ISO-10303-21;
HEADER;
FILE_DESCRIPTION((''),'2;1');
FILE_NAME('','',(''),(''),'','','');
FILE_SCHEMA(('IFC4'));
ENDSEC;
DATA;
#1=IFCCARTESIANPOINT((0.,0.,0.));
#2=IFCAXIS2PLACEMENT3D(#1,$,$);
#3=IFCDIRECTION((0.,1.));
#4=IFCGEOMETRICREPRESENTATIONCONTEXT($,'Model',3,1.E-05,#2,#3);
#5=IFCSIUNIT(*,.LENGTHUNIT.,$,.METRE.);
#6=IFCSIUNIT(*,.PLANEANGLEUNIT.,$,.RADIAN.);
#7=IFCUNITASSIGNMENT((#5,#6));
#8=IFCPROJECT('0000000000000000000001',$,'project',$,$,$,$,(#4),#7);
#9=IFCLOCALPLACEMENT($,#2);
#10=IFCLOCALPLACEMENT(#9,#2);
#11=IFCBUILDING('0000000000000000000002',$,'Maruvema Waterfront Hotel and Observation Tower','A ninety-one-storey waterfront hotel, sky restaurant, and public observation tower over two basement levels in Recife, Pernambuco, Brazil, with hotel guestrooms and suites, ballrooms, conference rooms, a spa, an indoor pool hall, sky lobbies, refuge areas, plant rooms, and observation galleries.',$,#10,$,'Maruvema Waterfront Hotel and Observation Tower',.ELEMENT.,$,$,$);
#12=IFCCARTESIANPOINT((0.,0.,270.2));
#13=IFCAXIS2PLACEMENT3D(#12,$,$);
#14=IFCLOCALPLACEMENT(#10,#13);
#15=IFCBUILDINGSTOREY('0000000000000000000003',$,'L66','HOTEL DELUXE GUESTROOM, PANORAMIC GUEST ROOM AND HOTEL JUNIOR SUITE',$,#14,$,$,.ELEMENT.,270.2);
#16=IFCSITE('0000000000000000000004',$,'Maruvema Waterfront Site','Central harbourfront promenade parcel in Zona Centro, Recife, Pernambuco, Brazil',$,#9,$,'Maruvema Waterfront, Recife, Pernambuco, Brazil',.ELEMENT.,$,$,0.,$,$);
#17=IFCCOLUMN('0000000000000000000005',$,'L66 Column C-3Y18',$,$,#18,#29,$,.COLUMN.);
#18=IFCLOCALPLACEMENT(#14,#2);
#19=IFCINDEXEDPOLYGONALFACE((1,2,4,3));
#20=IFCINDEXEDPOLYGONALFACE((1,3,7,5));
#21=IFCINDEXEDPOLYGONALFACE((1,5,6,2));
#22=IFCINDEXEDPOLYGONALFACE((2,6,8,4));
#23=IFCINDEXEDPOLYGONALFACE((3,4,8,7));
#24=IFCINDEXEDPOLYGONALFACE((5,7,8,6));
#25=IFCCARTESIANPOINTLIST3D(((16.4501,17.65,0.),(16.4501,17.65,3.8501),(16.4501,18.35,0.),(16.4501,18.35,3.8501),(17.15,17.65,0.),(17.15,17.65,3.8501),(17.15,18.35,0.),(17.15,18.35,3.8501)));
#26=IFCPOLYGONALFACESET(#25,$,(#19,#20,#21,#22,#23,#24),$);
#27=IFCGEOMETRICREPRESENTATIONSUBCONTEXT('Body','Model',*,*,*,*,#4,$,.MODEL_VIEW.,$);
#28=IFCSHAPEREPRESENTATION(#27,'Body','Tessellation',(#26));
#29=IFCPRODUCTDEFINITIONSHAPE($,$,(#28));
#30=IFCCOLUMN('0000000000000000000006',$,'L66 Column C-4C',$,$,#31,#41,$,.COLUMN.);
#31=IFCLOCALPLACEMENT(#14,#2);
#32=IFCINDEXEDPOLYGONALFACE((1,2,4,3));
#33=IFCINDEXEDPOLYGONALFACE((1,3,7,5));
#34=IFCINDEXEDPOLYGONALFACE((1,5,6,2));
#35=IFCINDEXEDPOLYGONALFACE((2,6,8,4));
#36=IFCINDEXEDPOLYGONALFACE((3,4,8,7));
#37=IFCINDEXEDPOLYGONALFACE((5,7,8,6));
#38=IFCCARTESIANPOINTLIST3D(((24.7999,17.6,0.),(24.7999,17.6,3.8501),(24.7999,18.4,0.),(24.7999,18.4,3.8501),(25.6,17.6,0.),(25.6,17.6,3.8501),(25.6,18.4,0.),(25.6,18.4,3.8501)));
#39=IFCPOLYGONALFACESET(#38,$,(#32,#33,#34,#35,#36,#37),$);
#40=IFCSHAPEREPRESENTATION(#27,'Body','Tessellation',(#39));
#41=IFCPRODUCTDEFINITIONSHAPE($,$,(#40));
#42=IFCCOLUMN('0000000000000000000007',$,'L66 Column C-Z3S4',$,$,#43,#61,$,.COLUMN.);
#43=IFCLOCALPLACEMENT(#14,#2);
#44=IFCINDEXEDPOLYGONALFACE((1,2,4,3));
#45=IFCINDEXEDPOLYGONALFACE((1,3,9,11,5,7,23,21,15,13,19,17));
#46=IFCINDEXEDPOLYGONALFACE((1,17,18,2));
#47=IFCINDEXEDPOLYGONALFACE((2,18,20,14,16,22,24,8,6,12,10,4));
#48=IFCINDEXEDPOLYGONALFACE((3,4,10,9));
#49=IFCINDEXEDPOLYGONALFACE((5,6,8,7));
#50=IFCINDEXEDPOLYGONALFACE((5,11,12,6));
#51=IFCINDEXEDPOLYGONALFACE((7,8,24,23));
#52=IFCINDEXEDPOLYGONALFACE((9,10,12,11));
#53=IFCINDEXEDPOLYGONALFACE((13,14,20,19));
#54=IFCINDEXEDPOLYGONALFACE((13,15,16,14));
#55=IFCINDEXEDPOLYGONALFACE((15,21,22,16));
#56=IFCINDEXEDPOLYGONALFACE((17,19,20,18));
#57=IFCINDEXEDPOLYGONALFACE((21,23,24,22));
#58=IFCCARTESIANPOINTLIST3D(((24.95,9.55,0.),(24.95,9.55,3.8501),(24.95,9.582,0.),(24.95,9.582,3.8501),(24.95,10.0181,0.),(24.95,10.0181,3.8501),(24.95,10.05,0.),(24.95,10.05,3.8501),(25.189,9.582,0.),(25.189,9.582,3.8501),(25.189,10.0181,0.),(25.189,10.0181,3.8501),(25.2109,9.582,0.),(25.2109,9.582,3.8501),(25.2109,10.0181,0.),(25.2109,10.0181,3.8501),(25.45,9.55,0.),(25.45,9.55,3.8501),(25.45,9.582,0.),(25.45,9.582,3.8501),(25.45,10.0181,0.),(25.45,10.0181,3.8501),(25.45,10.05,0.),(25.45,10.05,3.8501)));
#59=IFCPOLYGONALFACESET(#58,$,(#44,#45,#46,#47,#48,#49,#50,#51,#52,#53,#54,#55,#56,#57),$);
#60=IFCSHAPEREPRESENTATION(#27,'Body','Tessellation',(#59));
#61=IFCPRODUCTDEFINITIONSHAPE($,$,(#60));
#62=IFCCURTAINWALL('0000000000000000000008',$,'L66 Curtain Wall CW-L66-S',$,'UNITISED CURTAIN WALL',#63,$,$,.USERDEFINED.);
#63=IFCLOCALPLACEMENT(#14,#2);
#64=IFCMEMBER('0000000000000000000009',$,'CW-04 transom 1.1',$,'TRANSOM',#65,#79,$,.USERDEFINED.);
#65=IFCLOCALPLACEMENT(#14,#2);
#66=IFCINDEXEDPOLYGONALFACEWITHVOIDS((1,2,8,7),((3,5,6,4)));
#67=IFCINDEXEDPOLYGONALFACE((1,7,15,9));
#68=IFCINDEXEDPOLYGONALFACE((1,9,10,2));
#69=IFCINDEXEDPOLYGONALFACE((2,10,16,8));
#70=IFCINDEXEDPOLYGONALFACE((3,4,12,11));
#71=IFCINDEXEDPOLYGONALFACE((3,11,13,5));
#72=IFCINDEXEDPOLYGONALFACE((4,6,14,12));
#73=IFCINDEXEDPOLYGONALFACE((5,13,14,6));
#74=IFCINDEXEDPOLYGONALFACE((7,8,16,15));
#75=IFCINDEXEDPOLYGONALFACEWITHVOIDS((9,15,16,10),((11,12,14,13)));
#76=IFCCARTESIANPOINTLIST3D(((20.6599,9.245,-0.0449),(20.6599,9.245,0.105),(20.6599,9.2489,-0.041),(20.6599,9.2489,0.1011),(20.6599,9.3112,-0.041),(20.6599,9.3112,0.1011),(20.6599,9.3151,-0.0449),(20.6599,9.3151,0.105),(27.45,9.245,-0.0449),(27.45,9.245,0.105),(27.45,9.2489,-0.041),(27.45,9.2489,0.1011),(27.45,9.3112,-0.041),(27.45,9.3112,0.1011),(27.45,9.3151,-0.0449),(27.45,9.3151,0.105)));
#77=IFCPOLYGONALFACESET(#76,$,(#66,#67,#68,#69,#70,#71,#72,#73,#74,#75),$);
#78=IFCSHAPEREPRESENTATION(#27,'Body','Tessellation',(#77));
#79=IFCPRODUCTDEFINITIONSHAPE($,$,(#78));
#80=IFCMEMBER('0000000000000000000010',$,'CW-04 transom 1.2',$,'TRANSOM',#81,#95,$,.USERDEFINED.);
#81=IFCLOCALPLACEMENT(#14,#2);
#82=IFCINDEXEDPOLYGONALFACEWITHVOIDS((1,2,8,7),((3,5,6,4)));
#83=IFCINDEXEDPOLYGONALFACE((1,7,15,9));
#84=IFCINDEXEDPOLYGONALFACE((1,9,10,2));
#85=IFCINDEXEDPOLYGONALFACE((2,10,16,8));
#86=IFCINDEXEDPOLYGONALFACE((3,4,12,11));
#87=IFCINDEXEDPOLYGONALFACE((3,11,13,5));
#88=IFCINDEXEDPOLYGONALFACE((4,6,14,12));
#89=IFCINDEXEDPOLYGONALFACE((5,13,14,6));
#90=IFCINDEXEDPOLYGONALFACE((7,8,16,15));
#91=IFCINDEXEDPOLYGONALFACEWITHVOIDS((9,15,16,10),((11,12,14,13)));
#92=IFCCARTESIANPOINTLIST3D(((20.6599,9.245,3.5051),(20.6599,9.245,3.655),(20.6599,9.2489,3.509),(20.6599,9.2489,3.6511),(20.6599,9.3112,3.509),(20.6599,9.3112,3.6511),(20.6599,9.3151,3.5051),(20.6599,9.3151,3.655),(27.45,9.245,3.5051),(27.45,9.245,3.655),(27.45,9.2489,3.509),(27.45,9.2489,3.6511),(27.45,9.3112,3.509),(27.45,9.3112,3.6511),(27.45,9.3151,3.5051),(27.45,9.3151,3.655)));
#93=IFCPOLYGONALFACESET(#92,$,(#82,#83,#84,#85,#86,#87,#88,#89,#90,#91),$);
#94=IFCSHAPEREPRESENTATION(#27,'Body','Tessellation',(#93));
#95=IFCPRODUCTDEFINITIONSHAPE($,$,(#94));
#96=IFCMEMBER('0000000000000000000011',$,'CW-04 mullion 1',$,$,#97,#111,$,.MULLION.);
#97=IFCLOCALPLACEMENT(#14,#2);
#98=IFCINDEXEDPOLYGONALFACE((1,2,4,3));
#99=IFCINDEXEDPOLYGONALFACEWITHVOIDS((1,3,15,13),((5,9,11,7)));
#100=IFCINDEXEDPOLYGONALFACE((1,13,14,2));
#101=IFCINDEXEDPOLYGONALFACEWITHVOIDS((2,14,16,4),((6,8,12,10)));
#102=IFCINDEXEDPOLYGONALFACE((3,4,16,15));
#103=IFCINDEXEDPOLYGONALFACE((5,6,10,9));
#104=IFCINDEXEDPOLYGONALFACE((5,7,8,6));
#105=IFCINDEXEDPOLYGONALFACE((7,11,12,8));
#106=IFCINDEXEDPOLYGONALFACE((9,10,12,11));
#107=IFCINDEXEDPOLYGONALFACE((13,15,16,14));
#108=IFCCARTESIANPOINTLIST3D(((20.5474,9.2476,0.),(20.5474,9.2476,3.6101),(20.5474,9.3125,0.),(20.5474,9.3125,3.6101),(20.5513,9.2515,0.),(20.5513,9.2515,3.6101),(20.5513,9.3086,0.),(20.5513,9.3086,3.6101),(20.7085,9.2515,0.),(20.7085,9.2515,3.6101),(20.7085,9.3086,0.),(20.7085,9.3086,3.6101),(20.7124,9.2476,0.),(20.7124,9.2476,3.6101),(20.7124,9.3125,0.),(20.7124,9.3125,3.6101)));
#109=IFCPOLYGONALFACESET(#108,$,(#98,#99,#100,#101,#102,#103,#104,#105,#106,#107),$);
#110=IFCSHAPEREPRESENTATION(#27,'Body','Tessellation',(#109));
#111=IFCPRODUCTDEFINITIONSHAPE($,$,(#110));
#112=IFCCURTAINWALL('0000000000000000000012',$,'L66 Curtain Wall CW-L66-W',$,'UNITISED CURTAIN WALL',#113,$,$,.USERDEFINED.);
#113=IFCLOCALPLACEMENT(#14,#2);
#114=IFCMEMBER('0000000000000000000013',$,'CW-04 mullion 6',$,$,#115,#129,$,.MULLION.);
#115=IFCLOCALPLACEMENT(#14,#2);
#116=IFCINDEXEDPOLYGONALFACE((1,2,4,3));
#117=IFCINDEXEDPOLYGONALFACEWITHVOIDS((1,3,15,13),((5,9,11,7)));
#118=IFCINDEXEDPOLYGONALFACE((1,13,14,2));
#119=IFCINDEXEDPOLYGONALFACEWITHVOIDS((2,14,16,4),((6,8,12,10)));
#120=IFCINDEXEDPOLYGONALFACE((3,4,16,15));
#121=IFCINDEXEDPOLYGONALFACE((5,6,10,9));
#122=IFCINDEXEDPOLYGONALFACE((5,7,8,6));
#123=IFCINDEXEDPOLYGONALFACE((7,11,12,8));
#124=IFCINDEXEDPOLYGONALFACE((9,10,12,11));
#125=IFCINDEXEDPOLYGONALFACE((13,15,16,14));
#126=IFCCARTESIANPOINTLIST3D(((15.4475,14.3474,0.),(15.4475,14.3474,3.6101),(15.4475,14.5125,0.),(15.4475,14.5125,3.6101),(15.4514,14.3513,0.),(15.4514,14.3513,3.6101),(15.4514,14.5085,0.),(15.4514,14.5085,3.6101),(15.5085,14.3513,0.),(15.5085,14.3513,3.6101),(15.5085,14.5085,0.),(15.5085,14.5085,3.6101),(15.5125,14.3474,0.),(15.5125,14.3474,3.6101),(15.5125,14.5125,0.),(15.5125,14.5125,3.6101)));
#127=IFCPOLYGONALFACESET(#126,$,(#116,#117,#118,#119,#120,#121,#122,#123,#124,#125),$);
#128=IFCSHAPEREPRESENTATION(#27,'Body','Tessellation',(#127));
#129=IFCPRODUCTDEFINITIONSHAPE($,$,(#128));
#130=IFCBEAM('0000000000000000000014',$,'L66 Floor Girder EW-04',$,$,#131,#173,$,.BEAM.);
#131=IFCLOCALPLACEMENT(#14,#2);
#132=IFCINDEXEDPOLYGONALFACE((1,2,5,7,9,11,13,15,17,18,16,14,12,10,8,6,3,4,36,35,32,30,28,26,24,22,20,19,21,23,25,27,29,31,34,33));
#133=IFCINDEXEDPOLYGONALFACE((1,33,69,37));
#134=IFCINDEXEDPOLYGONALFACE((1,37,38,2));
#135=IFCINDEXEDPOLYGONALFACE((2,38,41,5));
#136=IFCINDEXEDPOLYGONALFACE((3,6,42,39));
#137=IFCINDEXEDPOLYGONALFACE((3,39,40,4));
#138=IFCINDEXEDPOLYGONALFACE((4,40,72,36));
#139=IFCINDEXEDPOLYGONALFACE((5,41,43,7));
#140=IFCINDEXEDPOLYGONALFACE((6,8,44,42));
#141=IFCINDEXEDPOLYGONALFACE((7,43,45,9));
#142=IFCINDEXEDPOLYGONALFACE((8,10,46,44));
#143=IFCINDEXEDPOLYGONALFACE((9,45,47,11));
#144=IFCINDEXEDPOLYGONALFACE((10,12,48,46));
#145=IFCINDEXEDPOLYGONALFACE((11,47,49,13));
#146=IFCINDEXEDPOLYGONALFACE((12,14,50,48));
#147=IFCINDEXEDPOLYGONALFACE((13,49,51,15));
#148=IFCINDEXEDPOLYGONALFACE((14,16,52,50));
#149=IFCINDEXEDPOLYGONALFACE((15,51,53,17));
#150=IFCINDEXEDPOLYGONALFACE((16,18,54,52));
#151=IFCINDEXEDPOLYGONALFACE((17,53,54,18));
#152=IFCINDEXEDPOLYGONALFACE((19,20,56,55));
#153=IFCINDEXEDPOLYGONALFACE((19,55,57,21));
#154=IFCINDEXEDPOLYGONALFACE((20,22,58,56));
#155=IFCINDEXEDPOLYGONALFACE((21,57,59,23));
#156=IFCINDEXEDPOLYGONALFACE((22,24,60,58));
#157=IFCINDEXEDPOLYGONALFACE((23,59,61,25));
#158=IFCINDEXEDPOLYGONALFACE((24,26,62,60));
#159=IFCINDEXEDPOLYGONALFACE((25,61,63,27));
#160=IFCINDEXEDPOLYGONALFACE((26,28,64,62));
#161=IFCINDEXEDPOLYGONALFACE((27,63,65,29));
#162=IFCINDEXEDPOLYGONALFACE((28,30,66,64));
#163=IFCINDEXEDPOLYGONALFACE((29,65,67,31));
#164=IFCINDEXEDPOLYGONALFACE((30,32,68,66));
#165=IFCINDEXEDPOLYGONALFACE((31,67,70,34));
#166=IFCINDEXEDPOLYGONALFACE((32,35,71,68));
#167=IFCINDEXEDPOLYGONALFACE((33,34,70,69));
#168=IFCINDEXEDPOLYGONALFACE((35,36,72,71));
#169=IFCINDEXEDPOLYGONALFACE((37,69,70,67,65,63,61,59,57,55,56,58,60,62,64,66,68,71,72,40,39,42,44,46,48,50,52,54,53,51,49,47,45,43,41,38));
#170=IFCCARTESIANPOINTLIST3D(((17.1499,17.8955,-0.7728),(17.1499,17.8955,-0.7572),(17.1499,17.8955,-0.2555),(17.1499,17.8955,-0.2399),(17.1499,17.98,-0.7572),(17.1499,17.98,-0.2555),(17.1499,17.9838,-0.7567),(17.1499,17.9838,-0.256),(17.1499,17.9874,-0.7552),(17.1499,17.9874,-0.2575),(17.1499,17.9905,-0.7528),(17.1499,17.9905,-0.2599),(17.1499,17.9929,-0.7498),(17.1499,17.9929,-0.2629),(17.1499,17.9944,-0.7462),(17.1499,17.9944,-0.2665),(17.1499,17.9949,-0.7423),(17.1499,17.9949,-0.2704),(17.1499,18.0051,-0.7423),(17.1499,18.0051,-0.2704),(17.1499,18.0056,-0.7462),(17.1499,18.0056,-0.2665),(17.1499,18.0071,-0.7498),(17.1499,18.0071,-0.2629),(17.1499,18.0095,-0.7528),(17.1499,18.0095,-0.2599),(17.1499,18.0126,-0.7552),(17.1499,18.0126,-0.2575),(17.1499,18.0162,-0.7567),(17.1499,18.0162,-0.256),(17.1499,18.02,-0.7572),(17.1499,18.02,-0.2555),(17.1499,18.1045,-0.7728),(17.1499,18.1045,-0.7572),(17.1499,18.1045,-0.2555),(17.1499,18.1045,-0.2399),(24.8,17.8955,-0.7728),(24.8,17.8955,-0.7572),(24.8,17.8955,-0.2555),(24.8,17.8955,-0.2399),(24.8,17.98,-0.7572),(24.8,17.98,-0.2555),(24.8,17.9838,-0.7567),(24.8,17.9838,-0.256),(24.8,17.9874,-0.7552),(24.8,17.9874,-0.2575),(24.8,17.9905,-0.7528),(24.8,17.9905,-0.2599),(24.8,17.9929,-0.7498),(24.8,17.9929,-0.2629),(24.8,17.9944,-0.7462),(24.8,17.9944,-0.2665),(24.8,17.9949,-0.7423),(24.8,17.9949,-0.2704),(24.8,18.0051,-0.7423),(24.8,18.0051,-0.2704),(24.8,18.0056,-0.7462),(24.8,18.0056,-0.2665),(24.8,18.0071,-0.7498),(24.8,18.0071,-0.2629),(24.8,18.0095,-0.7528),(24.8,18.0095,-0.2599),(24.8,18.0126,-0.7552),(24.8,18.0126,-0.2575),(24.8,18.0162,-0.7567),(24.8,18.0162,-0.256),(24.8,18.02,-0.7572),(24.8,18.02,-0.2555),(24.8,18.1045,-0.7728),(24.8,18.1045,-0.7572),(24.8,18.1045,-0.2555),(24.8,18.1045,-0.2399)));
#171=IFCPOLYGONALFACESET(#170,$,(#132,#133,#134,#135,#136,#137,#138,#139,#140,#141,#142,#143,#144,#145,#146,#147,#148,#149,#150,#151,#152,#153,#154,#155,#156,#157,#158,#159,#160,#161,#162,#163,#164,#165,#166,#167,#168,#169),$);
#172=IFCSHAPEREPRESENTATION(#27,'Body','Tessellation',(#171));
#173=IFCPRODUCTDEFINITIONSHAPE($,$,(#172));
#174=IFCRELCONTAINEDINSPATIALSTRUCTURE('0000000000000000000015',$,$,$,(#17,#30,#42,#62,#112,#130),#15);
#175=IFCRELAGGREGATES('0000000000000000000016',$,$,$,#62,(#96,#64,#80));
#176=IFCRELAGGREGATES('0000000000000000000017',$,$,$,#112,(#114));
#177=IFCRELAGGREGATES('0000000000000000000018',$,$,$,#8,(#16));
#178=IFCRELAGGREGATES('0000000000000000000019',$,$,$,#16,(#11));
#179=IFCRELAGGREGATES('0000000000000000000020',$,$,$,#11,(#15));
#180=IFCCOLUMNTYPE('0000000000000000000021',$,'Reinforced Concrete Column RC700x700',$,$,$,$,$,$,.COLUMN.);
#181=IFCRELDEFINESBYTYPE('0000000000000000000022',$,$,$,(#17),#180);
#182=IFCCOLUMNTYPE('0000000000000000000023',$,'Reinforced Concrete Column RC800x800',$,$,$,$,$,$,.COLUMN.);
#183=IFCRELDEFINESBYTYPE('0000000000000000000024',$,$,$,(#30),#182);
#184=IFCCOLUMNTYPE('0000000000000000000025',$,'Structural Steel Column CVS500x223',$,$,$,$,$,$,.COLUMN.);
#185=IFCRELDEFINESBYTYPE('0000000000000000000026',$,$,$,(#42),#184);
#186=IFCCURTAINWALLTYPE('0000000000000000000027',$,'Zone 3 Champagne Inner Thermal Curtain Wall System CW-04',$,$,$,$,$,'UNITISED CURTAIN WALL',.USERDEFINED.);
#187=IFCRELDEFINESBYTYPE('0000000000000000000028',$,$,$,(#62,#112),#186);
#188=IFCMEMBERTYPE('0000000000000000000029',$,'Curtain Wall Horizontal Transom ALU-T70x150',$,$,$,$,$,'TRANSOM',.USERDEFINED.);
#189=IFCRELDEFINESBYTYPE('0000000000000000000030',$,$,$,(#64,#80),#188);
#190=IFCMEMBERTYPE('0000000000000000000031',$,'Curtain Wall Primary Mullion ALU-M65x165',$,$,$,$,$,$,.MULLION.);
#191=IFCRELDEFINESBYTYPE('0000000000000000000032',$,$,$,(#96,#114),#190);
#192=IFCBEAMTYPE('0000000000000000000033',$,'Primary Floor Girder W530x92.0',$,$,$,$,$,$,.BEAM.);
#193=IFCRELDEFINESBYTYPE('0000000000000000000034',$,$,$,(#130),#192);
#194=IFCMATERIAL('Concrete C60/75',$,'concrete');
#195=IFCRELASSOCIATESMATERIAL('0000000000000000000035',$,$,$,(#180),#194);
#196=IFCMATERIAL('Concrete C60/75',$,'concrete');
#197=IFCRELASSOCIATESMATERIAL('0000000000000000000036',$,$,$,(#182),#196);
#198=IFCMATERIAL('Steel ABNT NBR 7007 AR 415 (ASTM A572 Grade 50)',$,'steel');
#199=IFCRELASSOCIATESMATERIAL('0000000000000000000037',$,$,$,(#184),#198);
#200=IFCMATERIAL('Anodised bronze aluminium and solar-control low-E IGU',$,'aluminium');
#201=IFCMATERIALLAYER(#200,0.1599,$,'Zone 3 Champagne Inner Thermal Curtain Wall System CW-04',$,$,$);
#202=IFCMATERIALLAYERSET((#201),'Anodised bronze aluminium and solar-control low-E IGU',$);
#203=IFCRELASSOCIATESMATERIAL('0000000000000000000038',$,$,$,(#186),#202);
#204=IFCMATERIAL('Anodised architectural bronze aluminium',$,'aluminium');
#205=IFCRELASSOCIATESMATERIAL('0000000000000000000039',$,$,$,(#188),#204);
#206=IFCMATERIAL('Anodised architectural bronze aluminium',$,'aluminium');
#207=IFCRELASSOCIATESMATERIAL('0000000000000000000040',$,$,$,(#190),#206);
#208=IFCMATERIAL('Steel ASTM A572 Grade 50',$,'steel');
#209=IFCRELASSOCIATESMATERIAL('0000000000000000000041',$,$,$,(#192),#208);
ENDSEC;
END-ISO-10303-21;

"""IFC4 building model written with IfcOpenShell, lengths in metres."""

from ifc_helpers import new_model, si_unit, direction, frame, origin, origin_2d, place, context, subcontext, project, spatial, rectangle, hollow_rectangle, i_section, extrude, material, layer, layer_set, material_profile, profile_set, type_object, element, aggregate, save


model = new_model("IFC4")

# Units and contexts
model_context = context("Model", 3, precision=1e-05, world=origin(), true_north=direction((0.0, 1.0)))
body_context = subcontext(model_context, "Body", "Model", "MODEL_VIEW")
ifc_project = project(units=[si_unit("LENGTHUNIT", "METRE"), si_unit("PLANEANGLEUNIT", "RADIAN")], contexts=[model_context])

# Site, building, storey
site_placement = place(None, origin())
site = spatial("IfcSite", under=ifc_project, at=site_placement, Name="Maruvema Waterfront Site", Description="Central harbourfront promenade parcel in Zona Centro, Recife, Pernambuco, Brazil", LongName="Maruvema Waterfront, Recife, Pernambuco, Brazil", CompositionType="ELEMENT", RefElevation=0.0)
building_placement = place(site_placement, origin())
building = spatial("IfcBuilding", under=site, at=building_placement, Name="Maruvema Waterfront Hotel and Observation Tower", Description="A ninety-one-storey waterfront hotel, sky restaurant, and public observation tower over two basement levels in Recife, Pernambuco, Brazil, with hotel guestrooms and suites, ballrooms, conference rooms, a spa, an indoor pool hall, sky lobbies, refuge areas, plant rooms, and observation galleries.", LongName="Maruvema Waterfront Hotel and Observation Tower", CompositionType="ELEMENT")
storey_placement = place(building_placement, frame((0.0, 0.0, 270.2)))
storey = spatial("IfcBuildingStorey", under=building, at=storey_placement, Name="L66", Description="HOTEL DELUXE GUESTROOM, PANORAMIC GUEST ROOM AND HOTEL JUNIOR SUITE", CompositionType="ELEMENT", Elevation=270.2)

# Columns
ifc_material_1 = material(Name="Concrete C60/75", Category="concrete")
ifc_material_profile_1 = material_profile(ifc_material_1, rectangle(XDim=0.7, YDim=0.7, at=origin_2d()), Name="RC700x700")
ifc_profile_set_1 = profile_set([ifc_material_profile_1], Name="Concrete C60/75")
column_type_1 = type_object("IfcColumnType", Name="Reinforced Concrete Column RC700x700", PredefinedType="COLUMN", material=ifc_profile_set_1)
column_1_placement = place(storey_placement, frame((16.8, 18.0, 0.0), z_axis=(0.0, 0.0, 1.0), x_axis=(1.0, 0.0, 0.0)))
element("IfcColumn", 1, at=column_1_placement, inside=storey, type_object=column_type_1, Name="L66 Column C-3Y18", PredefinedType="COLUMN", context=body_context, shape_type="SweptSolid", body=[
    extrude(rectangle(XDim=0.7, YDim=0.7, at=origin_2d()), origin(), (0.0, 0.0, 1.0), 3.8501),
])
ifc_material_2 = material(Name="Concrete C60/75", Category="concrete")
ifc_material_profile_2 = material_profile(ifc_material_2, rectangle(XDim=0.8, YDim=0.8, at=origin_2d()), Name="RC800x800")
ifc_profile_set_2 = profile_set([ifc_material_profile_2], Name="Concrete C60/75")
column_type_2 = type_object("IfcColumnType", Name="Reinforced Concrete Column RC800x800", PredefinedType="COLUMN", material=ifc_profile_set_2)
column_2_placement = place(storey_placement, frame((25.2, 18.0, 0.0), z_axis=(0.0, 0.0, 1.0), x_axis=(1.0, 0.0, 0.0)))
element("IfcColumn", 2, at=column_2_placement, inside=storey, type_object=column_type_2, Name="L66 Column C-4C", PredefinedType="COLUMN", context=body_context, shape_type="SweptSolid", body=[
    extrude(rectangle(XDim=0.8, YDim=0.8, at=origin_2d()), origin(), (0.0, 0.0, 1.0), 3.8501),
])
ifc_material_3 = material(Name="Steel ABNT NBR 7007 AR 415 (ASTM A572 Grade 50)", Category="steel")
ifc_material_profile_3 = material_profile(ifc_material_3, i_section(OverallWidth=0.5, OverallDepth=0.5, WebThickness=0.022, FlangeThickness=0.032, at=origin_2d()), Name="CVS500x223")
ifc_profile_set_3 = profile_set([ifc_material_profile_3], Name="Steel ABNT NBR 7007 AR 415 (ASTM A572 Grade 50)")
column_type_3 = type_object("IfcColumnType", Name="Structural Steel Column CVS500x223", PredefinedType="COLUMN", material=ifc_profile_set_3)
column_3_placement = place(storey_placement, frame((25.2, 9.8, 0.0), z_axis=(0.0, 0.0, 1.0), x_axis=(1.0, 0.0, 0.0)))
element("IfcColumn", 3, at=column_3_placement, inside=storey, type_object=column_type_3, Name="L66 Column C-Z3S4", PredefinedType="COLUMN", context=body_context, shape_type="SweptSolid", body=[
    extrude(i_section(OverallWidth=0.5, OverallDepth=0.5, WebThickness=0.022, FlangeThickness=0.032, at=origin_2d()), origin(), (0.0, 0.0, 1.0), 3.8501),
])

# Curtain wall, members
ifc_material_4 = material(Name="Anodised bronze aluminium and solar-control low-E IGU", Category="aluminium")
ifc_layer_1 = layer(ifc_material_4, 0.1599, Name="Zone 3 Champagne Inner Thermal Curtain Wall System CW-04")
ifc_layer_set_1 = layer_set([ifc_layer_1], Name="Anodised bronze aluminium and solar-control low-E IGU")
curtain_wall_type = type_object("IfcCurtainWallType", Name="Zone 3 Champagne Inner Thermal Curtain Wall System CW-04", ElementType="UNITISED CURTAIN WALL", PredefinedType="USERDEFINED", material=ifc_layer_set_1)
curtain_wall_1_placement = place(storey_placement, origin())
curtain_wall_1 = element("IfcCurtainWall", 4, at=curtain_wall_1_placement, inside=storey, type_object=curtain_wall_type, Name="L66 Curtain Wall CW-L66-S", ObjectType="UNITISED CURTAIN WALL", PredefinedType="USERDEFINED")
ifc_material_5 = material(Name="Anodised architectural bronze aluminium", Category="aluminium")
ifc_material_profile_4 = material_profile(ifc_material_5, hollow_rectangle(XDim=0.0701, YDim=0.1499, WallThickness=0.0039, at=origin_2d()), Name="ALU-T70x150")
ifc_profile_set_4 = profile_set([ifc_material_profile_4], Name="Anodised architectural bronze aluminium")
member_type_1 = type_object("IfcMemberType", Name="Curtain Wall Horizontal Transom ALU-T70x150", ElementType="TRANSOM", PredefinedType="USERDEFINED", material=ifc_profile_set_4)
member_1_placement = place(storey_placement, frame((20.6599, 9.28, 0.03), z_axis=(1.0, 0.0, 0.0), x_axis=(0.0, 1.0, 0.0)))
member_1 = element("IfcMember", 5, at=member_1_placement, type_object=member_type_1, Name="CW-04 transom 1.1", ObjectType="TRANSOM", PredefinedType="USERDEFINED", context=body_context, shape_type="SweptSolid", body=[
    extrude(hollow_rectangle(XDim=0.0701, YDim=0.1499, WallThickness=0.0039, at=origin_2d()), origin(), (0.0, 0.0, 1.0), 6.79),
])
member_2_placement = place(storey_placement, frame((20.6599, 9.28, 3.5801), z_axis=(1.0, 0.0, 0.0), x_axis=(0.0, 1.0, 0.0)))
member_2 = element("IfcMember", 6, at=member_2_placement, type_object=member_type_1, Name="CW-04 transom 1.2", ObjectType="TRANSOM", PredefinedType="USERDEFINED", context=body_context, shape_type="SweptSolid", body=[
    extrude(hollow_rectangle(XDim=0.0701, YDim=0.1499, WallThickness=0.0039, at=origin_2d()), origin(), (0.0, 0.0, 1.0), 6.79),
])
ifc_material_6 = material(Name="Anodised architectural bronze aluminium", Category="aluminium")
ifc_material_profile_5 = material_profile(ifc_material_6, hollow_rectangle(XDim=0.0649, YDim=0.165, WallThickness=0.0039, at=origin_2d()), Name="ALU-M65x165")
ifc_profile_set_5 = profile_set([ifc_material_profile_5], Name="Anodised architectural bronze aluminium")
member_type_2 = type_object("IfcMemberType", Name="Curtain Wall Primary Mullion ALU-M65x165", PredefinedType="MULLION", material=ifc_profile_set_5)
member_3_placement = place(storey_placement, frame((20.6299, 9.28, 0.0), z_axis=(0.0, 0.0, 1.0), x_axis=(0.0, 1.0, 0.0)))
member_3 = element("IfcMember", 7, at=member_3_placement, type_object=member_type_2, Name="CW-04 mullion 1", PredefinedType="MULLION", context=body_context, shape_type="SweptSolid", body=[
    extrude(hollow_rectangle(XDim=0.0649, YDim=0.165, WallThickness=0.0039, at=origin_2d()), origin(), (0.0, 0.0, 1.0), 3.6101),
])

# Curtain wall, member
curtain_wall_2_placement = place(storey_placement, origin())
curtain_wall_2 = element("IfcCurtainWall", 8, at=curtain_wall_2_placement, inside=storey, type_object=curtain_wall_type, Name="L66 Curtain Wall CW-L66-W", ObjectType="UNITISED CURTAIN WALL", PredefinedType="USERDEFINED")
member_4_placement = place(storey_placement, frame((15.48, 14.4299, 0.0), z_axis=(0.0, 0.0, 1.0), x_axis=(1.0, 0.0, 0.0)))
member_4 = element("IfcMember", 9, at=member_4_placement, type_object=member_type_2, Name="CW-04 mullion 6", PredefinedType="MULLION", context=body_context, shape_type="SweptSolid", body=[
    extrude(hollow_rectangle(XDim=0.0649, YDim=0.165, WallThickness=0.0039, at=origin_2d()), origin(), (0.0, 0.0, 1.0), 3.6101),
])

# Beam
ifc_material_7 = material(Name="Steel ASTM A572 Grade 50", Category="steel")
ifc_material_profile_6 = material_profile(ifc_material_7, i_section(OverallWidth=0.209, OverallDepth=0.533, WebThickness=0.0103, FlangeThickness=0.0156, FilletRadius=0.0149, at=origin_2d()), Name="W530x92.0")
ifc_profile_set_6 = profile_set([ifc_material_profile_6], Name="Steel ASTM A572 Grade 50")
beam_type_1 = type_object("IfcBeamType", Name="Primary Floor Girder W530x92.0", PredefinedType="BEAM", material=ifc_profile_set_6)
beam_1_placement = place(storey_placement, frame((17.1499, 18.0, -0.5063), z_axis=(1.0, 0.0, 0.0), x_axis=(0.0, 1.0, 0.0)))
element("IfcBeam", 10, at=beam_1_placement, inside=storey, type_object=beam_type_1, Name="L66 Floor Girder EW-04", PredefinedType="BEAM", context=body_context, shape_type="SweptSolid", body=[
    extrude(i_section(OverallWidth=0.209, OverallDepth=0.533, WebThickness=0.0103, FlangeThickness=0.0156, FilletRadius=0.0149, at=origin_2d()), origin(), (0.0, 0.0, 1.0), 7.6501),
])

aggregate(curtain_wall_1, [member_3, member_1, member_2])
aggregate(curtain_wall_2, [member_4])

save(model, "model.ifc")
